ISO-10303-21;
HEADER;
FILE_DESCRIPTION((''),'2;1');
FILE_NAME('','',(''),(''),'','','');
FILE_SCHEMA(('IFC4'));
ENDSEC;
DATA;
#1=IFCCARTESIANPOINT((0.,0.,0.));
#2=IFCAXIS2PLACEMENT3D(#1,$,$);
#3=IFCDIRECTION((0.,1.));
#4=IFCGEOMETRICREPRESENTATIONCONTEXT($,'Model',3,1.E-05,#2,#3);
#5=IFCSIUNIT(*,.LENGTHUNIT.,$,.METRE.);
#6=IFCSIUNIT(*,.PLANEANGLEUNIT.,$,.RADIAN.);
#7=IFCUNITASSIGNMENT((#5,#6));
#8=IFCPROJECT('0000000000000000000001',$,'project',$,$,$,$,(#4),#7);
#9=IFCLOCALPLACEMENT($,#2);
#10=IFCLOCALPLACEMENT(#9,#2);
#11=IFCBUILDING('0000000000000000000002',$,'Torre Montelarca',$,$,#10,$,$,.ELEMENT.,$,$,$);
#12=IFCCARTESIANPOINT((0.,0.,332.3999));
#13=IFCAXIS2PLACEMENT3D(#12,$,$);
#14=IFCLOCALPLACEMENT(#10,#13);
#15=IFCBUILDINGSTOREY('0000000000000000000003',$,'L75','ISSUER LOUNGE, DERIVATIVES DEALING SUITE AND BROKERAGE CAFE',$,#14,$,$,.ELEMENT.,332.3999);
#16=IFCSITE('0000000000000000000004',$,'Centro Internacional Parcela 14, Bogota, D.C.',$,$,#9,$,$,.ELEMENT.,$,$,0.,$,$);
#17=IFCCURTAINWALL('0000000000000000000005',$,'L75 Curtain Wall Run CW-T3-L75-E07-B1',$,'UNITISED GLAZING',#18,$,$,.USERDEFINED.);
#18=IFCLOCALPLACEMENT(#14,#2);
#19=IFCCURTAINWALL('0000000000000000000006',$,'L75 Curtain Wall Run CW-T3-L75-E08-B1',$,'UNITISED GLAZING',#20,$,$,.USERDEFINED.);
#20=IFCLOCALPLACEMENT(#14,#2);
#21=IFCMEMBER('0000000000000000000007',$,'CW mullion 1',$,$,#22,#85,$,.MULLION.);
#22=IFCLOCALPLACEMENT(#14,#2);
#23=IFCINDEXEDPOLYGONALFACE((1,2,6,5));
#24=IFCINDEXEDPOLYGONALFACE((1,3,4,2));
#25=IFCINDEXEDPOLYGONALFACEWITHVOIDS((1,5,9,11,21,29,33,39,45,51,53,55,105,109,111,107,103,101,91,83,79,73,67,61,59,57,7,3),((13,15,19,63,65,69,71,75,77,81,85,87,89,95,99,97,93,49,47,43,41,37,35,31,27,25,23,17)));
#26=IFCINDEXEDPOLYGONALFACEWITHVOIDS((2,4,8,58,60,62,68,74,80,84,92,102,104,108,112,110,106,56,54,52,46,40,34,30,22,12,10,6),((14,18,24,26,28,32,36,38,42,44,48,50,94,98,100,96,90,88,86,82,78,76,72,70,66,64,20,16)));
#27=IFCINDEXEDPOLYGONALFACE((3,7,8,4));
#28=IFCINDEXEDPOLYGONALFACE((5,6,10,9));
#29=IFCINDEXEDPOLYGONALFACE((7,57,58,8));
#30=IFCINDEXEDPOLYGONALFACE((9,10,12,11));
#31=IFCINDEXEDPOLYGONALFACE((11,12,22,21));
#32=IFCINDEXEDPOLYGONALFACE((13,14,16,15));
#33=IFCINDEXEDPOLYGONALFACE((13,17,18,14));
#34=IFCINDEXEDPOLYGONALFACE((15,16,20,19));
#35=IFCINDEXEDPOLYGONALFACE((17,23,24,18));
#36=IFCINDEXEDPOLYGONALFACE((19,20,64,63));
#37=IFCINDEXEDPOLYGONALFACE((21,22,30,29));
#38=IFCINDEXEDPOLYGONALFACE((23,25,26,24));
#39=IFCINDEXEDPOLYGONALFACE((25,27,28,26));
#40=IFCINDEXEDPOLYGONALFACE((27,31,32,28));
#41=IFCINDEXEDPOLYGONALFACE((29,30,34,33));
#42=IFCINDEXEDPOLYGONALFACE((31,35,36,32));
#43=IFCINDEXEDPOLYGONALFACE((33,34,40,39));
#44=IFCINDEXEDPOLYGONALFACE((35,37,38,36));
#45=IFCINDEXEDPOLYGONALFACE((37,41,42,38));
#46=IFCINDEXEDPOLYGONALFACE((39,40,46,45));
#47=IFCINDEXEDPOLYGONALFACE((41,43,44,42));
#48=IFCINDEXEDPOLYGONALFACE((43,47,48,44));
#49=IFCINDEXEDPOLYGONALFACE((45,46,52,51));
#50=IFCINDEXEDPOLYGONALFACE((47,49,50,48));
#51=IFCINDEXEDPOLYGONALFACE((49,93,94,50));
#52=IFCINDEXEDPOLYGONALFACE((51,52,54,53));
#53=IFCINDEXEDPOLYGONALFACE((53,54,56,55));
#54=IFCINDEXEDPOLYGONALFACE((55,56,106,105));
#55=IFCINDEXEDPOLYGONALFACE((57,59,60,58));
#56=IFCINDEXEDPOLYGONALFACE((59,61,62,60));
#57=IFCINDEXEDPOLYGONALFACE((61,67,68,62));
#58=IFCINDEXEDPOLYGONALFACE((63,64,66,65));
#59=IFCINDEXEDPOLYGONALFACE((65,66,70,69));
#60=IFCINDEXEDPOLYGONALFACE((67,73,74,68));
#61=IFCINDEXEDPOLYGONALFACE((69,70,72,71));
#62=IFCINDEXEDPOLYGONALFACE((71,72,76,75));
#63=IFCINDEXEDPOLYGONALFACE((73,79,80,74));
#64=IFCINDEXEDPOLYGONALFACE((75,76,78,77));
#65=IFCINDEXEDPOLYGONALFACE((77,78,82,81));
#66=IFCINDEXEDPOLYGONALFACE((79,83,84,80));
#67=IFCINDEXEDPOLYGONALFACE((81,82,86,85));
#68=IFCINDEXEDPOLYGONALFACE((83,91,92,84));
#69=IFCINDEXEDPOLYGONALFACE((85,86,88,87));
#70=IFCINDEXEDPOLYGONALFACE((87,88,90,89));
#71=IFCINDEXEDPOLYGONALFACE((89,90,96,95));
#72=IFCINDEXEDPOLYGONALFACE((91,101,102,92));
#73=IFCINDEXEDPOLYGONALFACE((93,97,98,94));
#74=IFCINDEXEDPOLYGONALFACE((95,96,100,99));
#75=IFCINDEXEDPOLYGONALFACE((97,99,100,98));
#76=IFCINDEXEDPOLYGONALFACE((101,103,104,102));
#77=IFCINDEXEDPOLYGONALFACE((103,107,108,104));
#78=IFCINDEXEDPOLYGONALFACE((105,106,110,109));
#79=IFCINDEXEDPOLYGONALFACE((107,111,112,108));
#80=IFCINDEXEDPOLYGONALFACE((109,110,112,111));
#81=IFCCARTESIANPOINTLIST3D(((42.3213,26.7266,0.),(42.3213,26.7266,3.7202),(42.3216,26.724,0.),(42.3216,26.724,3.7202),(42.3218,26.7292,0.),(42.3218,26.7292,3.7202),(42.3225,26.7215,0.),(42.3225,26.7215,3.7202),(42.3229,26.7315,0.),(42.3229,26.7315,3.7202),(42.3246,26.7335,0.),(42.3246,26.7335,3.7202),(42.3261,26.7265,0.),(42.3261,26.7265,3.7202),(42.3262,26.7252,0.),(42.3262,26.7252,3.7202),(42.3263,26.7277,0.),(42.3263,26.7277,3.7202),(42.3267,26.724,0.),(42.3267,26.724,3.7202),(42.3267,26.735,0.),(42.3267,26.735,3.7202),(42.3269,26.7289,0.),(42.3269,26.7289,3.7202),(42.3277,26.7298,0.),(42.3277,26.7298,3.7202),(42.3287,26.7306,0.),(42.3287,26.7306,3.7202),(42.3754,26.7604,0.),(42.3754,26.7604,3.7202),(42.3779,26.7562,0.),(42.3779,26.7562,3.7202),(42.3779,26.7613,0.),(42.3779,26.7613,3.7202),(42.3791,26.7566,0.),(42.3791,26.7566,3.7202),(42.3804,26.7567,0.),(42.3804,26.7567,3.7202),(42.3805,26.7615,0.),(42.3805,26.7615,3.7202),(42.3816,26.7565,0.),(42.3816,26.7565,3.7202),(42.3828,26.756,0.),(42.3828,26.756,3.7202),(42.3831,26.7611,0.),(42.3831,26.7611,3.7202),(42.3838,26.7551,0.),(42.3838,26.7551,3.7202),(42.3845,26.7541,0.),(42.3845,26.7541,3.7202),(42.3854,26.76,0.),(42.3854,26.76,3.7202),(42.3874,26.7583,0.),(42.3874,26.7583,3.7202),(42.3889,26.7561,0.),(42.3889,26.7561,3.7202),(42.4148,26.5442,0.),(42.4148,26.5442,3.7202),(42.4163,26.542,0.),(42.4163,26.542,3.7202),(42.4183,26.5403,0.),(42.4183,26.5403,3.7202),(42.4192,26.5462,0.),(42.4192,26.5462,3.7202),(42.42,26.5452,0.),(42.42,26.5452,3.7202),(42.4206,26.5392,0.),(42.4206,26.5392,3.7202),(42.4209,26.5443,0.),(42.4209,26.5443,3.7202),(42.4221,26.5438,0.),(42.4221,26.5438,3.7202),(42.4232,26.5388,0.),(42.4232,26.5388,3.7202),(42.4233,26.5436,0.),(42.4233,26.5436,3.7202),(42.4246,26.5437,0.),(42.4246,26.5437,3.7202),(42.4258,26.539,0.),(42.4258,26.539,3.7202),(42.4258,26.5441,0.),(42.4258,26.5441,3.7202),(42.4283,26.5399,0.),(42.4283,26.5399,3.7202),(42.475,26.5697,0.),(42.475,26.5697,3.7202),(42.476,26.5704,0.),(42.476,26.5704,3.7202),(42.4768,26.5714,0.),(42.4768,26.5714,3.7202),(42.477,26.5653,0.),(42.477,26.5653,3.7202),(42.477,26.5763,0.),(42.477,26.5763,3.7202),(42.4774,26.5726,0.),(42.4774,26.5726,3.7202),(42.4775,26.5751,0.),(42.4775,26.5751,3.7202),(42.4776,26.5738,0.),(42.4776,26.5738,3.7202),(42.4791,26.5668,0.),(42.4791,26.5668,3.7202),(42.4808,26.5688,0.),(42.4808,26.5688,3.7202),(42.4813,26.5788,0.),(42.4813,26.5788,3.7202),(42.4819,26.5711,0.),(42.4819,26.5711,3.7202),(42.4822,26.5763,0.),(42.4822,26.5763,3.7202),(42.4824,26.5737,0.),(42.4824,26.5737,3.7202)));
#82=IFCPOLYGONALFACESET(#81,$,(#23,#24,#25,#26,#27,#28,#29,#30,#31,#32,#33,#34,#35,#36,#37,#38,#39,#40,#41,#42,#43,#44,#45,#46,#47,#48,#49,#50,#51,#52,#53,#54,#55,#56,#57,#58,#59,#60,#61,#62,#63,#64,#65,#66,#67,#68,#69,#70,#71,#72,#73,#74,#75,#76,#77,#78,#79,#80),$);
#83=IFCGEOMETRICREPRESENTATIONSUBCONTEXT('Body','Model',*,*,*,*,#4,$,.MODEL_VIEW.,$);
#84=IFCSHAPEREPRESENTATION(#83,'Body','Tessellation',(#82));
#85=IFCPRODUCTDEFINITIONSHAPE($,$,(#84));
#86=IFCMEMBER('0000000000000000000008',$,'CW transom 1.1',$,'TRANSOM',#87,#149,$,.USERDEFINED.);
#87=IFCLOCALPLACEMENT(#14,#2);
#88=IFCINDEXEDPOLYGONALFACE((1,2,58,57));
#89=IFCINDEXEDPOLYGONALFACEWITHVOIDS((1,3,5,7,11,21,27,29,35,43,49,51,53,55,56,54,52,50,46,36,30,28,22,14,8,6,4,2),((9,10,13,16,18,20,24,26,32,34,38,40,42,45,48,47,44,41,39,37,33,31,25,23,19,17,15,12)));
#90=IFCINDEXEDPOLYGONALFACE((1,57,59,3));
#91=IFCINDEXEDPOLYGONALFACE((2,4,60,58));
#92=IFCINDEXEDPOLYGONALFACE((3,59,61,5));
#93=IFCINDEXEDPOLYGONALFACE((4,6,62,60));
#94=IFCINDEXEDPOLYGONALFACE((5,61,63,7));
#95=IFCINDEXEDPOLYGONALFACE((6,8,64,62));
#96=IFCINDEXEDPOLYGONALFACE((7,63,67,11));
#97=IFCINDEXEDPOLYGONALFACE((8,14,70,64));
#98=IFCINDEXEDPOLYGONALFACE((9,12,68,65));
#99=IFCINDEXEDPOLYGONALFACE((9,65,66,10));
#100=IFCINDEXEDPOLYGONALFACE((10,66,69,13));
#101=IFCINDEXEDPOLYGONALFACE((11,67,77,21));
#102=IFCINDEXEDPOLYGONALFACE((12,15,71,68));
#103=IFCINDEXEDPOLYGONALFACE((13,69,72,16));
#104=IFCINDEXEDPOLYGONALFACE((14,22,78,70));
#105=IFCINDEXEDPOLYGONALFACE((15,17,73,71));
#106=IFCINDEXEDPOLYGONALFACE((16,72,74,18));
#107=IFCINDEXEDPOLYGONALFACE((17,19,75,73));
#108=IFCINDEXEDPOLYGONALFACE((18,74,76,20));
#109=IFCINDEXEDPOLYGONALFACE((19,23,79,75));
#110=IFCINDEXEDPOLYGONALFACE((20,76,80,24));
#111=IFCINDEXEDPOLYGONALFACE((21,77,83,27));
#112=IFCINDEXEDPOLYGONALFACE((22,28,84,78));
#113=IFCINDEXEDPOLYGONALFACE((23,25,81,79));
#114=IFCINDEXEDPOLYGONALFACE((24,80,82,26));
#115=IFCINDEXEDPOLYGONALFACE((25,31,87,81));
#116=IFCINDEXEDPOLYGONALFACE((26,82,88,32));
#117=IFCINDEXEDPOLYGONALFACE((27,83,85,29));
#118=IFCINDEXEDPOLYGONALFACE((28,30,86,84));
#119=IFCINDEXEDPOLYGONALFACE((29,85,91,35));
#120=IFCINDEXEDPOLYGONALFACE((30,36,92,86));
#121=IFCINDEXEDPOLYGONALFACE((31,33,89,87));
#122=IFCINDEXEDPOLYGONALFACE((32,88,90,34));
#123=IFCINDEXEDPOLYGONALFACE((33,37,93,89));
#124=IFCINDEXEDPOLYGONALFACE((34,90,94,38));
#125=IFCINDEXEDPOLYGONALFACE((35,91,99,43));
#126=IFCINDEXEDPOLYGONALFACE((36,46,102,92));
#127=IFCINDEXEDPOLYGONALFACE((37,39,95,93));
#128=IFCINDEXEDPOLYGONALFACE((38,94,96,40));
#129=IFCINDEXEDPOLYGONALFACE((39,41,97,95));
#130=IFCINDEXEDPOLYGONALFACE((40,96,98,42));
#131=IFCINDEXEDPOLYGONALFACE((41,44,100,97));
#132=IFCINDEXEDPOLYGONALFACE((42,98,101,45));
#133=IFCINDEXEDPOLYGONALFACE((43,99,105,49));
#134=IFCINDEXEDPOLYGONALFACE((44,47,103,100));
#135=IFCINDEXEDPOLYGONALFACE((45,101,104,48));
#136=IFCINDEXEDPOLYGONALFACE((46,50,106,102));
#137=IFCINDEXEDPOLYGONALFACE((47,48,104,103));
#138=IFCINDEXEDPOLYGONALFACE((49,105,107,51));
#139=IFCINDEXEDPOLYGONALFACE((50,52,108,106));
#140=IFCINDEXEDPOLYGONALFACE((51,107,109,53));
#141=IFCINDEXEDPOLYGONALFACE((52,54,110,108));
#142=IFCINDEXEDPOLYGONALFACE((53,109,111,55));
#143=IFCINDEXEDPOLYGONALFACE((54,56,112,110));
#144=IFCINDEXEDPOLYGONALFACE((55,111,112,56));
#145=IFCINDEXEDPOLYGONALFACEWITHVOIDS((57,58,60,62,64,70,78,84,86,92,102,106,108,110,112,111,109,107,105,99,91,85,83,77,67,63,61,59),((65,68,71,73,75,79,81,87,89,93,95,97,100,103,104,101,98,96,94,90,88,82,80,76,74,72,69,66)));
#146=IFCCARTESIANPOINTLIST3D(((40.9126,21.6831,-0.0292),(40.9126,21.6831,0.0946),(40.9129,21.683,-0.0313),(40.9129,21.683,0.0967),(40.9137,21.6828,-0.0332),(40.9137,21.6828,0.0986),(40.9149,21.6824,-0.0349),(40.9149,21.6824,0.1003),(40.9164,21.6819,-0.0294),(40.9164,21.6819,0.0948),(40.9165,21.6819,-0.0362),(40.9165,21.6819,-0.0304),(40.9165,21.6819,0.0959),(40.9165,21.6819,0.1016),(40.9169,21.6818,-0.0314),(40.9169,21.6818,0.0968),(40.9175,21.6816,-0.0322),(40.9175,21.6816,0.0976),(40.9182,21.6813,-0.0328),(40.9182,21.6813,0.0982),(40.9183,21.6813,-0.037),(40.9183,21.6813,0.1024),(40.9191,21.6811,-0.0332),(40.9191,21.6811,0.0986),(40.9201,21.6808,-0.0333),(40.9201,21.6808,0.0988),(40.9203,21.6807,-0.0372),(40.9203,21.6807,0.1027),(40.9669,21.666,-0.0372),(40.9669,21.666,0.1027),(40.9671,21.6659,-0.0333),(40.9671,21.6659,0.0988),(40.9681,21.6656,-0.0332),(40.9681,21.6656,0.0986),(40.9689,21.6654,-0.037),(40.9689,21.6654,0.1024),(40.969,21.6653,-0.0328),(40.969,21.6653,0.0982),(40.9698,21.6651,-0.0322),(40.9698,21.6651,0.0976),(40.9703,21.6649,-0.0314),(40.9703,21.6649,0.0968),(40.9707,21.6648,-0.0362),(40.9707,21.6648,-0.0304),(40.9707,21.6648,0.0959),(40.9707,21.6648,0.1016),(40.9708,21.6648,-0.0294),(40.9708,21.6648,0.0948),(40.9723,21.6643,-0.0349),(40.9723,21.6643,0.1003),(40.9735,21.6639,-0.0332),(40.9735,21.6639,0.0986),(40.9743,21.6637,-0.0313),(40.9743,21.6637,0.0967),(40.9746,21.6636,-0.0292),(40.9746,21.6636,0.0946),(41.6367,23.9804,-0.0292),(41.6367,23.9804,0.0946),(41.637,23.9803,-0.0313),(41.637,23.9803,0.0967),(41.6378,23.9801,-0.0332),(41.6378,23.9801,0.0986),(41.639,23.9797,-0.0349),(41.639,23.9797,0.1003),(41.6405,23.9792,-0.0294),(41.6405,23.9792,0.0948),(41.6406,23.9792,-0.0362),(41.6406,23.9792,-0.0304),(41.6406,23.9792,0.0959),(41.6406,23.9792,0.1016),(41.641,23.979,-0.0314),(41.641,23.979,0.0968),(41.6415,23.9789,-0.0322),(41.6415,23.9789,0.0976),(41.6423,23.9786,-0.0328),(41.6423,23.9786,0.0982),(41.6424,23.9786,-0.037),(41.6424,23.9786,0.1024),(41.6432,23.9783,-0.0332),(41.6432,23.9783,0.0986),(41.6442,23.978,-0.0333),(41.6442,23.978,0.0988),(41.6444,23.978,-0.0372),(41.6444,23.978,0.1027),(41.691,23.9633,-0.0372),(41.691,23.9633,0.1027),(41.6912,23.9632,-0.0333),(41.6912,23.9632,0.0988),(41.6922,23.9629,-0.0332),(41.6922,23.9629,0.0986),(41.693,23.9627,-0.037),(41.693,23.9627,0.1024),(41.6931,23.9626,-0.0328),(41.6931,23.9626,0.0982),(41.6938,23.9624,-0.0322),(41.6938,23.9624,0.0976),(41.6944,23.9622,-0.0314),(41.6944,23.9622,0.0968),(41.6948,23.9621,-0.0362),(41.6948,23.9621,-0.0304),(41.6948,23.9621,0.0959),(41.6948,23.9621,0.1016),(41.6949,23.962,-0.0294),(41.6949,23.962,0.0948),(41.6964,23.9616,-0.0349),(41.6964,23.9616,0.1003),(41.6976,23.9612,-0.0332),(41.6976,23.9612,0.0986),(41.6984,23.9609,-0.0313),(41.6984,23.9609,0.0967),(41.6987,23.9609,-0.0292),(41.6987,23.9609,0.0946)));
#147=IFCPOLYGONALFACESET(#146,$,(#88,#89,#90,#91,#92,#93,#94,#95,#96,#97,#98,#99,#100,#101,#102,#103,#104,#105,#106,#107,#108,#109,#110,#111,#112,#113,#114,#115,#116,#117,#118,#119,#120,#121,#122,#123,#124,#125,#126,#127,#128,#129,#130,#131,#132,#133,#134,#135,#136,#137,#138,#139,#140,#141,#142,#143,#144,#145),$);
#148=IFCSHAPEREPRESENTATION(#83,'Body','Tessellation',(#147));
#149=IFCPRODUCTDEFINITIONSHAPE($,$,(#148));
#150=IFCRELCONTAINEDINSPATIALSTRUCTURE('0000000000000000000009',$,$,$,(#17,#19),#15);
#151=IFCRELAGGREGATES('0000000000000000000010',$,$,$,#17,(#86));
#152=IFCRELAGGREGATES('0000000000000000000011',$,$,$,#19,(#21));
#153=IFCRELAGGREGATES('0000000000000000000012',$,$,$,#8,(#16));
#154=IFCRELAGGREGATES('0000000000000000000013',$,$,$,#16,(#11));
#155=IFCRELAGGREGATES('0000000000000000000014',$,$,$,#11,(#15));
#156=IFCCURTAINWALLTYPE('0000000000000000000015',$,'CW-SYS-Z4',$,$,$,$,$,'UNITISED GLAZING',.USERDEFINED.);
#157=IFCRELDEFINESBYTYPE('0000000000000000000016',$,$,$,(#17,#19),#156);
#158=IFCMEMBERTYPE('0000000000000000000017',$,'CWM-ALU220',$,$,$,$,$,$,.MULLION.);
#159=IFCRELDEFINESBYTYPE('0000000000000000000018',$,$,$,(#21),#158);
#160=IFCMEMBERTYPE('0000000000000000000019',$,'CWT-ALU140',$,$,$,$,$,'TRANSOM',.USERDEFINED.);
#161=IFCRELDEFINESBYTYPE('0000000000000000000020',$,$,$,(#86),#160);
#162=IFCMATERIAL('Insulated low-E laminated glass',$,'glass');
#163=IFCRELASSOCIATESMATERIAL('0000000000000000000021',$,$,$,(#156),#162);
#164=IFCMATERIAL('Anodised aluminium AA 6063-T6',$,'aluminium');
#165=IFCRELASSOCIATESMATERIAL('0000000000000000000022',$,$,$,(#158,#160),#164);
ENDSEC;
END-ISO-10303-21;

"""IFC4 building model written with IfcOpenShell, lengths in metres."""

from ifc_helpers import new_model, si_unit, direction, frame, origin, origin_2d, place, context, subcontext, project, spatial, hollow_rectangle, extrude, source, transform, mapped, material, material_profile, profile_set, type_object, element, aggregate, save


model = new_model("IFC4")

# Units and contexts
model_context = context("Model", 3, precision=1e-05, world=origin(), true_north=direction((0.0, 1.0)))
body_context = subcontext(model_context, "Body", "Model", "MODEL_VIEW")
ifc_project = project(units=[si_unit("LENGTHUNIT", "METRE"), si_unit("PLANEANGLEUNIT", "RADIAN")], contexts=[model_context])

# Site, building, storey
site_placement = place(None, origin())
site = spatial("IfcSite", under=ifc_project, at=site_placement, Name="Centro Internacional Parcela 14, Bogota, D.C.", CompositionType="ELEMENT", RefElevation=0.0)
building_placement = place(site_placement, origin())
building = spatial("IfcBuilding", under=site, at=building_placement, Name="Torre Montelarca", CompositionType="ELEMENT")
storey_placement = place(building_placement, frame((0.0, 0.0, 332.3999)))
storey = spatial("IfcBuildingStorey", under=building, at=storey_placement, Name="L75", Description="ISSUER LOUNGE, DERIVATIVES DEALING SUITE AND BROKERAGE CAFE", CompositionType="ELEMENT", Elevation=332.3999)

# Curtain wall
ifc_material_1 = material(Name="Insulated low-E laminated glass", Category="glass")
curtain_wall_type = type_object("IfcCurtainWallType", Name="CW-SYS-Z4", ElementType="UNITISED GLAZING", PredefinedType="USERDEFINED", material=ifc_material_1)
ifc_material_2 = material(Name="Anodised aluminium AA 6063-T6", Category="aluminium")
ifc_material_profile_1 = material_profile(ifc_material_2, hollow_rectangle(XDim=0.075, YDim=0.22, WallThickness=0.0049, InnerFilletRadius=0.0049, OuterFilletRadius=0.01, at=origin_2d()), Name="ALU75X220X5", Category="aluminium")
ifc_profile_set_1 = profile_set([ifc_material_profile_1], Name="Anodised aluminium AA 6063-T6")
member_type_1 = type_object("IfcMemberType", Name="CWM-ALU220", PredefinedType="MULLION", material=ifc_profile_set_1)
shared_shape_1 = source(origin(), body_context, "Body", "SweptSolid", [
    extrude(hollow_rectangle(XDim=0.075, YDim=0.22, WallThickness=0.0049, InnerFilletRadius=0.0049, OuterFilletRadius=0.01, at=origin_2d()), origin(), (0.0, 0.0, 1.0), 3.7202),
])
curtain_wall_1_placement = place(storey_placement, origin())
curtain_wall_1 = element("IfcCurtainWall", 1, at=curtain_wall_1_placement, inside=storey, type_object=curtain_wall_type, Name="L75 Curtain Wall Run CW-T3-L75-E07-B1", ObjectType="UNITISED GLAZING", PredefinedType="USERDEFINED")

# Curtain wall, member
curtain_wall_2_placement = place(storey_placement, origin())
curtain_wall_2 = element("IfcCurtainWall", 2, at=curtain_wall_2_placement, inside=storey, type_object=curtain_wall_type, Name="L75 Curtain Wall Run CW-T3-L75-E08-B1", ObjectType="UNITISED GLAZING", PredefinedType="USERDEFINED")
member_1_placement = place(storey_placement, frame((42.4019, 26.6501, 0.0), z_axis=(0.0, 0.0, 1.0), x_axis=(-0.887013, -0.461745, 0.0)))
member_1 = element("IfcMember", 3, at=member_1_placement, type_object=member_type_1, Name="CW mullion 1", PredefinedType="MULLION", context=body_context, shape_type="MappedRepresentation", body=[
    mapped(shared_shape_1, transform((0.0, 0.0, 0.0), scale=1.0)),
])

# Member
ifc_material_profile_2 = material_profile(ifc_material_2, hollow_rectangle(XDim=0.0649, YDim=0.1399, WallThickness=0.0039, InnerFilletRadius=0.0039, OuterFilletRadius=0.0081, at=origin_2d()), Name="ALU65X140X4", Category="aluminium")
ifc_profile_set_2 = profile_set([ifc_material_profile_2], Name="Anodised aluminium AA 6063-T6")
member_type_2 = type_object("IfcMemberType", Name="CWT-ALU140", ElementType="TRANSOM", PredefinedType="USERDEFINED", material=ifc_profile_set_2)
shared_shape_2 = source(origin(), body_context, "Body", "SweptSolid", [
    extrude(hollow_rectangle(XDim=0.0649, YDim=0.1399, WallThickness=0.0039, InnerFilletRadius=0.0039, OuterFilletRadius=0.0081, at=origin_2d()), origin(), (0.0, 0.0, 1.0), 2.4087),
])
member_2_placement = place(storey_placement, frame((40.9436, 21.6733, 0.0327), z_axis=(0.300617, 0.953745, 0.0), x_axis=(-0.953745, 0.300617, 0.0)))
member_2 = element("IfcMember", 4, at=member_2_placement, type_object=member_type_2, Name="CW transom 1.1", ObjectType="TRANSOM", PredefinedType="USERDEFINED", context=body_context, shape_type="MappedRepresentation", body=[
    mapped(shared_shape_2, transform((0.0, 0.0, 0.0), scale=1.0)),
])

aggregate(curtain_wall_1, [member_2])
aggregate(curtain_wall_2, [member_1])

save(model, "model.ifc")
